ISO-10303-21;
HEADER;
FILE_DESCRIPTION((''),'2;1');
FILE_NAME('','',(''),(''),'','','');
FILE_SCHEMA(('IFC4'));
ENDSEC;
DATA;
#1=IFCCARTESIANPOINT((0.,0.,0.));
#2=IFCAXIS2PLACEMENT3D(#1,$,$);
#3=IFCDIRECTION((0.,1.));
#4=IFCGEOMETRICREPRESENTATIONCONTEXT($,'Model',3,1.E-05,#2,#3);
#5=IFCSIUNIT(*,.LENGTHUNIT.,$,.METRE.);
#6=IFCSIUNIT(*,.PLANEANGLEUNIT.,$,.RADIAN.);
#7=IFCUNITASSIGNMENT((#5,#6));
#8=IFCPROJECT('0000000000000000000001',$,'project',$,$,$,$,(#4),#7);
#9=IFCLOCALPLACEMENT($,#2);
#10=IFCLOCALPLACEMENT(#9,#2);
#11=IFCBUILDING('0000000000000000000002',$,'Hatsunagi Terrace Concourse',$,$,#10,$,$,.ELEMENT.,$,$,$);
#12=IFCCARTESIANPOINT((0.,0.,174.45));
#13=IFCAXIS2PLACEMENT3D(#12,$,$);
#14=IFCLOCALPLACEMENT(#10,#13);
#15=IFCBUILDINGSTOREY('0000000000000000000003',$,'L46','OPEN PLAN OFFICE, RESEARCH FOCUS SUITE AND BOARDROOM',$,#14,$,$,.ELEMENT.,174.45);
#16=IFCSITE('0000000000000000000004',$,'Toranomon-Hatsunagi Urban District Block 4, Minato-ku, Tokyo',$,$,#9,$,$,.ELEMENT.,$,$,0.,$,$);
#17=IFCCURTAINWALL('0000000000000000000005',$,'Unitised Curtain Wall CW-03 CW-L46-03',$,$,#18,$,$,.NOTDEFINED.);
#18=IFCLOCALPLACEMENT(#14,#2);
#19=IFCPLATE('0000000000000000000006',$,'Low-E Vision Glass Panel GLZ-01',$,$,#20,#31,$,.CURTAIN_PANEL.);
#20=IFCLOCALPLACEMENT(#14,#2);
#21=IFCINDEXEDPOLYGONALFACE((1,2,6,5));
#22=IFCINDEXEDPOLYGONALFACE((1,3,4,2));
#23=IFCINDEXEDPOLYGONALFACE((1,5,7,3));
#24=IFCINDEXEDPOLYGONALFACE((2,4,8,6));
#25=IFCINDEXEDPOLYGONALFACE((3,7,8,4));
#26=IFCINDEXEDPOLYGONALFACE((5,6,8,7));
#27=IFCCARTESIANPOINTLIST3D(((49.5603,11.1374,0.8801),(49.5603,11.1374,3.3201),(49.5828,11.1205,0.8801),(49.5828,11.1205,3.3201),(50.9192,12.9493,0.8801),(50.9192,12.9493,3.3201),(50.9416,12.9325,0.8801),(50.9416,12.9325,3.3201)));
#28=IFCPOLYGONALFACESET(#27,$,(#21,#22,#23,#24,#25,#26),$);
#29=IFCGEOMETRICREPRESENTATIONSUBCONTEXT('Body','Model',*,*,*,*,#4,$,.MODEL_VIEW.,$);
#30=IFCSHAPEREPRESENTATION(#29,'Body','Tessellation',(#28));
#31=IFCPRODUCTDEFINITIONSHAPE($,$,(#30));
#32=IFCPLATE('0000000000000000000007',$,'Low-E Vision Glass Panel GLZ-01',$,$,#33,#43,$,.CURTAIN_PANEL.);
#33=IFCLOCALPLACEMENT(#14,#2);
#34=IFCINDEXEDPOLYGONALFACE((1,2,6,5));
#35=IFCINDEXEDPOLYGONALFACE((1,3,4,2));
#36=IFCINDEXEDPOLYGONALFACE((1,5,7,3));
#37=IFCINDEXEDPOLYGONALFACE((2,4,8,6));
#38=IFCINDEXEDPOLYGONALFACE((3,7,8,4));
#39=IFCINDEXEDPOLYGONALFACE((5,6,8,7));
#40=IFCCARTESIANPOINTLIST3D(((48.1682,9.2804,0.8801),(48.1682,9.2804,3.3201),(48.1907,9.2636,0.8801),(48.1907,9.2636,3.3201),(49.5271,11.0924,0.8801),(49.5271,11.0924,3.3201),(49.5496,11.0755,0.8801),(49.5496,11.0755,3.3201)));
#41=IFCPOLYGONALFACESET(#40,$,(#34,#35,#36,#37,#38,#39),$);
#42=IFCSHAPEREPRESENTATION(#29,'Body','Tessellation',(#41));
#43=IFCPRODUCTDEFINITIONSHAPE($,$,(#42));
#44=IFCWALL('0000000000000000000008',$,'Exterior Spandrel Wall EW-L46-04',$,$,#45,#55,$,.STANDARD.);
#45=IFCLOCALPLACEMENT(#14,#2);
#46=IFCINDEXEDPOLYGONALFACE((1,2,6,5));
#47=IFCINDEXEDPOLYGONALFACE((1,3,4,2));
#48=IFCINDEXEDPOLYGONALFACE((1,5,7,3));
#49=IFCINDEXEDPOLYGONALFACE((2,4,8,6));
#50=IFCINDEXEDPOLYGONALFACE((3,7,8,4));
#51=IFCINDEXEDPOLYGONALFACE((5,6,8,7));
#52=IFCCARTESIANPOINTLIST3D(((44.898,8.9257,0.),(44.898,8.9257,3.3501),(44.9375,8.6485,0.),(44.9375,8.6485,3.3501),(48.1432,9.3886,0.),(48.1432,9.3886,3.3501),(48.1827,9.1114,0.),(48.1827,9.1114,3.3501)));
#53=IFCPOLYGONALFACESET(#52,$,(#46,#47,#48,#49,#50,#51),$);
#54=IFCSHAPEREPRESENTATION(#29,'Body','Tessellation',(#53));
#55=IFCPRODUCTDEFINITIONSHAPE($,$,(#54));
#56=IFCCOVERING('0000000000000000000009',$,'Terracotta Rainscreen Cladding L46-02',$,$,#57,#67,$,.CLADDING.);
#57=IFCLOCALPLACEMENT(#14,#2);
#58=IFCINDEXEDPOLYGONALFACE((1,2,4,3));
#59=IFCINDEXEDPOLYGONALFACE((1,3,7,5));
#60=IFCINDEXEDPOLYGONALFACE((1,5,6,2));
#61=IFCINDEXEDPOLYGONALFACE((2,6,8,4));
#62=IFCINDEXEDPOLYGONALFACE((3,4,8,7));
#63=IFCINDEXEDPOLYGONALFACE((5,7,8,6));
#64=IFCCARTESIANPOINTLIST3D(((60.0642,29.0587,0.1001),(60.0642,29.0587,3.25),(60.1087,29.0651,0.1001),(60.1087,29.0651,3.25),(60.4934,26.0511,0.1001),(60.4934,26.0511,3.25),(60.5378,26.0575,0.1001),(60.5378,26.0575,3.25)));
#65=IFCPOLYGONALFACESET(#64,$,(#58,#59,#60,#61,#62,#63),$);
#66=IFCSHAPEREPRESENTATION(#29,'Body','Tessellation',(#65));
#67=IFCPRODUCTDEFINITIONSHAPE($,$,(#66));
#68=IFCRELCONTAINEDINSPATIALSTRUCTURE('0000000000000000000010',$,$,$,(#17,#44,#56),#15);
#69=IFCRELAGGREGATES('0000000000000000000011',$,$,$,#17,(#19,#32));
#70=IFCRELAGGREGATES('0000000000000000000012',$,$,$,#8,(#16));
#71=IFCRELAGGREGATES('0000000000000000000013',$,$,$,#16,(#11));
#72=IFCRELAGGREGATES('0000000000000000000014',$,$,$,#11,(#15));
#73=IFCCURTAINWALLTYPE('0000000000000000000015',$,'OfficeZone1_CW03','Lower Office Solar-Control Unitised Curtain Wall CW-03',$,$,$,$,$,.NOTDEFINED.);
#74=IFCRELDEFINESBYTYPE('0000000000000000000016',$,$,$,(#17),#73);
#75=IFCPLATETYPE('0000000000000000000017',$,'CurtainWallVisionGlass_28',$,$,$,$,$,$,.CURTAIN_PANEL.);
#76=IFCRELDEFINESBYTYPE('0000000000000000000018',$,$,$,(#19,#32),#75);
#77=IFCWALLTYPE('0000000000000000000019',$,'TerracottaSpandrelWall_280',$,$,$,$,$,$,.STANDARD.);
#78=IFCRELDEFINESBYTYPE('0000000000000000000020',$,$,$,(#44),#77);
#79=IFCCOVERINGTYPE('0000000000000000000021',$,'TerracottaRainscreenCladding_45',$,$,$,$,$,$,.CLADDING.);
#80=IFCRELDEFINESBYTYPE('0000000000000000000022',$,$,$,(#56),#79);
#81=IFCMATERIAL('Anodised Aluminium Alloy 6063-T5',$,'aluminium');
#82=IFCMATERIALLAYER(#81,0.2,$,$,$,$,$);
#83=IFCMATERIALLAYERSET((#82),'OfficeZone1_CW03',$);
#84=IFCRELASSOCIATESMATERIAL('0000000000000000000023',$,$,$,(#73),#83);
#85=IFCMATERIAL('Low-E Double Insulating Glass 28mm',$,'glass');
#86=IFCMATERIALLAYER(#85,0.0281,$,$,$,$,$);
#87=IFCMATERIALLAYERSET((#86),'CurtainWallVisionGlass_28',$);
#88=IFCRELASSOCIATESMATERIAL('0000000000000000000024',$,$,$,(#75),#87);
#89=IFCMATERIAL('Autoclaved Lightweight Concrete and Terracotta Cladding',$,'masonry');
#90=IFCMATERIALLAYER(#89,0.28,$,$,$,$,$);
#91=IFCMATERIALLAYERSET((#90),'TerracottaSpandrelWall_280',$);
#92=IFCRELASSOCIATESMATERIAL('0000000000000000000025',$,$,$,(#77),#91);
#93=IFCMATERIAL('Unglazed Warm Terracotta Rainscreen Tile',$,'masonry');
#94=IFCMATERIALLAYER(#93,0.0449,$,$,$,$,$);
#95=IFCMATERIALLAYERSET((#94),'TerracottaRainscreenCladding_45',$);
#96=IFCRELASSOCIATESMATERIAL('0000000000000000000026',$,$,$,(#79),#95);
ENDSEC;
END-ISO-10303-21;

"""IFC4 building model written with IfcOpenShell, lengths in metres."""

from ifc_helpers import new_model, si_unit, direction, frame, frame_2d, origin, origin_2d, place, context, subcontext, project, spatial, rectangle, extrude, material, layer, layer_set, type_object, element, aggregate, save


model = new_model("IFC4")

# Units and contexts
model_context = context("Model", 3, precision=1e-05, world=origin(), true_north=direction((0.0, 1.0)))
body_context = subcontext(model_context, "Body", "Model", "MODEL_VIEW")
ifc_project = project(units=[si_unit("LENGTHUNIT", "METRE"), si_unit("PLANEANGLEUNIT", "RADIAN")], contexts=[model_context])

# Site, building, storey
site_placement = place(None, origin())
site = spatial("IfcSite", under=ifc_project, at=site_placement, Name="Toranomon-Hatsunagi Urban District Block 4, Minato-ku, Tokyo", CompositionType="ELEMENT", RefElevation=0.0)
building_placement = place(site_placement, origin())
building = spatial("IfcBuilding", under=site, at=building_placement, Name="Hatsunagi Terrace Concourse", CompositionType="ELEMENT")
storey_placement = place(building_placement, frame((0.0, 0.0, 174.45)))
storey = spatial("IfcBuildingStorey", under=building, at=storey_placement, Name="L46", Description="OPEN PLAN OFFICE, RESEARCH FOCUS SUITE AND BOARDROOM", CompositionType="ELEMENT", Elevation=174.45)

# Curtain wall
ifc_material_1 = material(Name="Anodised Aluminium Alloy 6063-T5", Category="aluminium")
ifc_layer_1 = layer(ifc_material_1, 0.2)
ifc_layer_set_1 = layer_set([ifc_layer_1], Name="OfficeZone1_CW03")
curtain_wall_type = type_object("IfcCurtainWallType", Name="OfficeZone1_CW03", Description="Lower Office Solar-Control Unitised Curtain Wall CW-03", PredefinedType="NOTDEFINED", material=ifc_layer_set_1)
curtain_wall_placement = place(storey_placement, origin())
curtain_wall = element("IfcCurtainWall", 1, at=curtain_wall_placement, inside=storey, type_object=curtain_wall_type, Name="Unitised Curtain Wall CW-03 CW-L46-03", PredefinedType="NOTDEFINED")

# Plates
ifc_material_2 = material(Name="Low-E Double Insulating Glass 28mm", Category="glass")
ifc_layer_2 = layer(ifc_material_2, 0.0281)
ifc_layer_set_2 = layer_set([ifc_layer_2], Name="CurtainWallVisionGlass_28")
plate_type_1 = type_object("IfcPlateType", Name="CurtainWallVisionGlass_28", PredefinedType="CURTAIN_PANEL", material=ifc_layer_set_2)
plate_1_placement = place(storey_placement, frame((50.251, 12.0349, 0.8801), z_axis=(0.0, 0.0, 1.0), x_axis=(-0.599969, -0.800023, 0.0)))
plate_1 = element("IfcPlate", 2, at=plate_1_placement, type_object=plate_type_1, Name="Low-E Vision Glass Panel GLZ-01", PredefinedType="CURTAIN_PANEL", context=body_context, shape_type="SweptSolid", body=[
    extrude(rectangle(XDim=2.2649, YDim=0.0281, at=origin_2d()), origin(), (0.0, 0.0, 1.0), 2.4399),
])
plate_2_placement = place(storey_placement, frame((48.8589, 10.178, 0.8801), z_axis=(0.0, 0.0, 1.0), x_axis=(-0.599969, -0.800023, 0.0)))
plate_2 = element("IfcPlate", 3, at=plate_2_placement, type_object=plate_type_1, Name="Low-E Vision Glass Panel GLZ-01", PredefinedType="CURTAIN_PANEL", context=body_context, shape_type="SweptSolid", body=[
    extrude(rectangle(XDim=2.2649, YDim=0.0281, at=origin_2d()), origin(), (0.0, 0.0, 1.0), 2.4399),
])
aggregate(curtain_wall, [plate_1, plate_2])

# Wall
ifc_material_3 = material(Name="Autoclaved Lightweight Concrete and Terracotta Cladding", Category="masonry")
ifc_layer_3 = layer(ifc_material_3, 0.28)
ifc_layer_set_3 = layer_set([ifc_layer_3], Name="TerracottaSpandrelWall_280")
wall_type = type_object("IfcWallType", Name="TerracottaSpandrelWall_280", PredefinedType="STANDARD", material=ifc_layer_set_3)
wall_placement = place(storey_placement, frame((48.1631, 9.25, 0.0), z_axis=(0.0, 0.0, 1.0), x_axis=(-0.989979, -0.141213, 0.0)))
element("IfcWall", 4, at=wall_placement, inside=storey, type_object=wall_type, Name="Exterior Spandrel Wall EW-L46-04", PredefinedType="STANDARD", context=body_context, shape_type="SweptSolid", body=[
    extrude(rectangle(XDim=3.2781, YDim=0.28, at=frame_2d((1.6392, 0.0))), origin(), (0.0, 0.0, 1.0), 3.3501),
])

# Covering
ifc_material_4 = material(Name="Unglazed Warm Terracotta Rainscreen Tile", Category="masonry")
ifc_layer_4 = layer(ifc_material_4, 0.0449)
ifc_layer_set_4 = layer_set([ifc_layer_4], Name="TerracottaRainscreenCladding_45")
covering_type = type_object("IfcCoveringType", Name="TerracottaRainscreenCladding_45", PredefinedType="CLADDING", material=ifc_layer_set_4)
covering_placement = place(storey_placement, frame((60.301, 27.5581, 0.1001), z_axis=(0.0, 0.0, 1.0), x_axis=(0.14125, -0.989974, 0.0)))
element("IfcCovering", 5, at=covering_placement, inside=storey, type_object=covering_type, Name="Terracotta Rainscreen Cladding L46-02", PredefinedType="CLADDING", context=body_context, shape_type="SweptSolid", body=[
    extrude(rectangle(XDim=3.0381, YDim=0.0449, at=origin_2d()), origin(), (0.0, 0.0, 1.0), 3.1499),
])

save(model, "model.ifc")
